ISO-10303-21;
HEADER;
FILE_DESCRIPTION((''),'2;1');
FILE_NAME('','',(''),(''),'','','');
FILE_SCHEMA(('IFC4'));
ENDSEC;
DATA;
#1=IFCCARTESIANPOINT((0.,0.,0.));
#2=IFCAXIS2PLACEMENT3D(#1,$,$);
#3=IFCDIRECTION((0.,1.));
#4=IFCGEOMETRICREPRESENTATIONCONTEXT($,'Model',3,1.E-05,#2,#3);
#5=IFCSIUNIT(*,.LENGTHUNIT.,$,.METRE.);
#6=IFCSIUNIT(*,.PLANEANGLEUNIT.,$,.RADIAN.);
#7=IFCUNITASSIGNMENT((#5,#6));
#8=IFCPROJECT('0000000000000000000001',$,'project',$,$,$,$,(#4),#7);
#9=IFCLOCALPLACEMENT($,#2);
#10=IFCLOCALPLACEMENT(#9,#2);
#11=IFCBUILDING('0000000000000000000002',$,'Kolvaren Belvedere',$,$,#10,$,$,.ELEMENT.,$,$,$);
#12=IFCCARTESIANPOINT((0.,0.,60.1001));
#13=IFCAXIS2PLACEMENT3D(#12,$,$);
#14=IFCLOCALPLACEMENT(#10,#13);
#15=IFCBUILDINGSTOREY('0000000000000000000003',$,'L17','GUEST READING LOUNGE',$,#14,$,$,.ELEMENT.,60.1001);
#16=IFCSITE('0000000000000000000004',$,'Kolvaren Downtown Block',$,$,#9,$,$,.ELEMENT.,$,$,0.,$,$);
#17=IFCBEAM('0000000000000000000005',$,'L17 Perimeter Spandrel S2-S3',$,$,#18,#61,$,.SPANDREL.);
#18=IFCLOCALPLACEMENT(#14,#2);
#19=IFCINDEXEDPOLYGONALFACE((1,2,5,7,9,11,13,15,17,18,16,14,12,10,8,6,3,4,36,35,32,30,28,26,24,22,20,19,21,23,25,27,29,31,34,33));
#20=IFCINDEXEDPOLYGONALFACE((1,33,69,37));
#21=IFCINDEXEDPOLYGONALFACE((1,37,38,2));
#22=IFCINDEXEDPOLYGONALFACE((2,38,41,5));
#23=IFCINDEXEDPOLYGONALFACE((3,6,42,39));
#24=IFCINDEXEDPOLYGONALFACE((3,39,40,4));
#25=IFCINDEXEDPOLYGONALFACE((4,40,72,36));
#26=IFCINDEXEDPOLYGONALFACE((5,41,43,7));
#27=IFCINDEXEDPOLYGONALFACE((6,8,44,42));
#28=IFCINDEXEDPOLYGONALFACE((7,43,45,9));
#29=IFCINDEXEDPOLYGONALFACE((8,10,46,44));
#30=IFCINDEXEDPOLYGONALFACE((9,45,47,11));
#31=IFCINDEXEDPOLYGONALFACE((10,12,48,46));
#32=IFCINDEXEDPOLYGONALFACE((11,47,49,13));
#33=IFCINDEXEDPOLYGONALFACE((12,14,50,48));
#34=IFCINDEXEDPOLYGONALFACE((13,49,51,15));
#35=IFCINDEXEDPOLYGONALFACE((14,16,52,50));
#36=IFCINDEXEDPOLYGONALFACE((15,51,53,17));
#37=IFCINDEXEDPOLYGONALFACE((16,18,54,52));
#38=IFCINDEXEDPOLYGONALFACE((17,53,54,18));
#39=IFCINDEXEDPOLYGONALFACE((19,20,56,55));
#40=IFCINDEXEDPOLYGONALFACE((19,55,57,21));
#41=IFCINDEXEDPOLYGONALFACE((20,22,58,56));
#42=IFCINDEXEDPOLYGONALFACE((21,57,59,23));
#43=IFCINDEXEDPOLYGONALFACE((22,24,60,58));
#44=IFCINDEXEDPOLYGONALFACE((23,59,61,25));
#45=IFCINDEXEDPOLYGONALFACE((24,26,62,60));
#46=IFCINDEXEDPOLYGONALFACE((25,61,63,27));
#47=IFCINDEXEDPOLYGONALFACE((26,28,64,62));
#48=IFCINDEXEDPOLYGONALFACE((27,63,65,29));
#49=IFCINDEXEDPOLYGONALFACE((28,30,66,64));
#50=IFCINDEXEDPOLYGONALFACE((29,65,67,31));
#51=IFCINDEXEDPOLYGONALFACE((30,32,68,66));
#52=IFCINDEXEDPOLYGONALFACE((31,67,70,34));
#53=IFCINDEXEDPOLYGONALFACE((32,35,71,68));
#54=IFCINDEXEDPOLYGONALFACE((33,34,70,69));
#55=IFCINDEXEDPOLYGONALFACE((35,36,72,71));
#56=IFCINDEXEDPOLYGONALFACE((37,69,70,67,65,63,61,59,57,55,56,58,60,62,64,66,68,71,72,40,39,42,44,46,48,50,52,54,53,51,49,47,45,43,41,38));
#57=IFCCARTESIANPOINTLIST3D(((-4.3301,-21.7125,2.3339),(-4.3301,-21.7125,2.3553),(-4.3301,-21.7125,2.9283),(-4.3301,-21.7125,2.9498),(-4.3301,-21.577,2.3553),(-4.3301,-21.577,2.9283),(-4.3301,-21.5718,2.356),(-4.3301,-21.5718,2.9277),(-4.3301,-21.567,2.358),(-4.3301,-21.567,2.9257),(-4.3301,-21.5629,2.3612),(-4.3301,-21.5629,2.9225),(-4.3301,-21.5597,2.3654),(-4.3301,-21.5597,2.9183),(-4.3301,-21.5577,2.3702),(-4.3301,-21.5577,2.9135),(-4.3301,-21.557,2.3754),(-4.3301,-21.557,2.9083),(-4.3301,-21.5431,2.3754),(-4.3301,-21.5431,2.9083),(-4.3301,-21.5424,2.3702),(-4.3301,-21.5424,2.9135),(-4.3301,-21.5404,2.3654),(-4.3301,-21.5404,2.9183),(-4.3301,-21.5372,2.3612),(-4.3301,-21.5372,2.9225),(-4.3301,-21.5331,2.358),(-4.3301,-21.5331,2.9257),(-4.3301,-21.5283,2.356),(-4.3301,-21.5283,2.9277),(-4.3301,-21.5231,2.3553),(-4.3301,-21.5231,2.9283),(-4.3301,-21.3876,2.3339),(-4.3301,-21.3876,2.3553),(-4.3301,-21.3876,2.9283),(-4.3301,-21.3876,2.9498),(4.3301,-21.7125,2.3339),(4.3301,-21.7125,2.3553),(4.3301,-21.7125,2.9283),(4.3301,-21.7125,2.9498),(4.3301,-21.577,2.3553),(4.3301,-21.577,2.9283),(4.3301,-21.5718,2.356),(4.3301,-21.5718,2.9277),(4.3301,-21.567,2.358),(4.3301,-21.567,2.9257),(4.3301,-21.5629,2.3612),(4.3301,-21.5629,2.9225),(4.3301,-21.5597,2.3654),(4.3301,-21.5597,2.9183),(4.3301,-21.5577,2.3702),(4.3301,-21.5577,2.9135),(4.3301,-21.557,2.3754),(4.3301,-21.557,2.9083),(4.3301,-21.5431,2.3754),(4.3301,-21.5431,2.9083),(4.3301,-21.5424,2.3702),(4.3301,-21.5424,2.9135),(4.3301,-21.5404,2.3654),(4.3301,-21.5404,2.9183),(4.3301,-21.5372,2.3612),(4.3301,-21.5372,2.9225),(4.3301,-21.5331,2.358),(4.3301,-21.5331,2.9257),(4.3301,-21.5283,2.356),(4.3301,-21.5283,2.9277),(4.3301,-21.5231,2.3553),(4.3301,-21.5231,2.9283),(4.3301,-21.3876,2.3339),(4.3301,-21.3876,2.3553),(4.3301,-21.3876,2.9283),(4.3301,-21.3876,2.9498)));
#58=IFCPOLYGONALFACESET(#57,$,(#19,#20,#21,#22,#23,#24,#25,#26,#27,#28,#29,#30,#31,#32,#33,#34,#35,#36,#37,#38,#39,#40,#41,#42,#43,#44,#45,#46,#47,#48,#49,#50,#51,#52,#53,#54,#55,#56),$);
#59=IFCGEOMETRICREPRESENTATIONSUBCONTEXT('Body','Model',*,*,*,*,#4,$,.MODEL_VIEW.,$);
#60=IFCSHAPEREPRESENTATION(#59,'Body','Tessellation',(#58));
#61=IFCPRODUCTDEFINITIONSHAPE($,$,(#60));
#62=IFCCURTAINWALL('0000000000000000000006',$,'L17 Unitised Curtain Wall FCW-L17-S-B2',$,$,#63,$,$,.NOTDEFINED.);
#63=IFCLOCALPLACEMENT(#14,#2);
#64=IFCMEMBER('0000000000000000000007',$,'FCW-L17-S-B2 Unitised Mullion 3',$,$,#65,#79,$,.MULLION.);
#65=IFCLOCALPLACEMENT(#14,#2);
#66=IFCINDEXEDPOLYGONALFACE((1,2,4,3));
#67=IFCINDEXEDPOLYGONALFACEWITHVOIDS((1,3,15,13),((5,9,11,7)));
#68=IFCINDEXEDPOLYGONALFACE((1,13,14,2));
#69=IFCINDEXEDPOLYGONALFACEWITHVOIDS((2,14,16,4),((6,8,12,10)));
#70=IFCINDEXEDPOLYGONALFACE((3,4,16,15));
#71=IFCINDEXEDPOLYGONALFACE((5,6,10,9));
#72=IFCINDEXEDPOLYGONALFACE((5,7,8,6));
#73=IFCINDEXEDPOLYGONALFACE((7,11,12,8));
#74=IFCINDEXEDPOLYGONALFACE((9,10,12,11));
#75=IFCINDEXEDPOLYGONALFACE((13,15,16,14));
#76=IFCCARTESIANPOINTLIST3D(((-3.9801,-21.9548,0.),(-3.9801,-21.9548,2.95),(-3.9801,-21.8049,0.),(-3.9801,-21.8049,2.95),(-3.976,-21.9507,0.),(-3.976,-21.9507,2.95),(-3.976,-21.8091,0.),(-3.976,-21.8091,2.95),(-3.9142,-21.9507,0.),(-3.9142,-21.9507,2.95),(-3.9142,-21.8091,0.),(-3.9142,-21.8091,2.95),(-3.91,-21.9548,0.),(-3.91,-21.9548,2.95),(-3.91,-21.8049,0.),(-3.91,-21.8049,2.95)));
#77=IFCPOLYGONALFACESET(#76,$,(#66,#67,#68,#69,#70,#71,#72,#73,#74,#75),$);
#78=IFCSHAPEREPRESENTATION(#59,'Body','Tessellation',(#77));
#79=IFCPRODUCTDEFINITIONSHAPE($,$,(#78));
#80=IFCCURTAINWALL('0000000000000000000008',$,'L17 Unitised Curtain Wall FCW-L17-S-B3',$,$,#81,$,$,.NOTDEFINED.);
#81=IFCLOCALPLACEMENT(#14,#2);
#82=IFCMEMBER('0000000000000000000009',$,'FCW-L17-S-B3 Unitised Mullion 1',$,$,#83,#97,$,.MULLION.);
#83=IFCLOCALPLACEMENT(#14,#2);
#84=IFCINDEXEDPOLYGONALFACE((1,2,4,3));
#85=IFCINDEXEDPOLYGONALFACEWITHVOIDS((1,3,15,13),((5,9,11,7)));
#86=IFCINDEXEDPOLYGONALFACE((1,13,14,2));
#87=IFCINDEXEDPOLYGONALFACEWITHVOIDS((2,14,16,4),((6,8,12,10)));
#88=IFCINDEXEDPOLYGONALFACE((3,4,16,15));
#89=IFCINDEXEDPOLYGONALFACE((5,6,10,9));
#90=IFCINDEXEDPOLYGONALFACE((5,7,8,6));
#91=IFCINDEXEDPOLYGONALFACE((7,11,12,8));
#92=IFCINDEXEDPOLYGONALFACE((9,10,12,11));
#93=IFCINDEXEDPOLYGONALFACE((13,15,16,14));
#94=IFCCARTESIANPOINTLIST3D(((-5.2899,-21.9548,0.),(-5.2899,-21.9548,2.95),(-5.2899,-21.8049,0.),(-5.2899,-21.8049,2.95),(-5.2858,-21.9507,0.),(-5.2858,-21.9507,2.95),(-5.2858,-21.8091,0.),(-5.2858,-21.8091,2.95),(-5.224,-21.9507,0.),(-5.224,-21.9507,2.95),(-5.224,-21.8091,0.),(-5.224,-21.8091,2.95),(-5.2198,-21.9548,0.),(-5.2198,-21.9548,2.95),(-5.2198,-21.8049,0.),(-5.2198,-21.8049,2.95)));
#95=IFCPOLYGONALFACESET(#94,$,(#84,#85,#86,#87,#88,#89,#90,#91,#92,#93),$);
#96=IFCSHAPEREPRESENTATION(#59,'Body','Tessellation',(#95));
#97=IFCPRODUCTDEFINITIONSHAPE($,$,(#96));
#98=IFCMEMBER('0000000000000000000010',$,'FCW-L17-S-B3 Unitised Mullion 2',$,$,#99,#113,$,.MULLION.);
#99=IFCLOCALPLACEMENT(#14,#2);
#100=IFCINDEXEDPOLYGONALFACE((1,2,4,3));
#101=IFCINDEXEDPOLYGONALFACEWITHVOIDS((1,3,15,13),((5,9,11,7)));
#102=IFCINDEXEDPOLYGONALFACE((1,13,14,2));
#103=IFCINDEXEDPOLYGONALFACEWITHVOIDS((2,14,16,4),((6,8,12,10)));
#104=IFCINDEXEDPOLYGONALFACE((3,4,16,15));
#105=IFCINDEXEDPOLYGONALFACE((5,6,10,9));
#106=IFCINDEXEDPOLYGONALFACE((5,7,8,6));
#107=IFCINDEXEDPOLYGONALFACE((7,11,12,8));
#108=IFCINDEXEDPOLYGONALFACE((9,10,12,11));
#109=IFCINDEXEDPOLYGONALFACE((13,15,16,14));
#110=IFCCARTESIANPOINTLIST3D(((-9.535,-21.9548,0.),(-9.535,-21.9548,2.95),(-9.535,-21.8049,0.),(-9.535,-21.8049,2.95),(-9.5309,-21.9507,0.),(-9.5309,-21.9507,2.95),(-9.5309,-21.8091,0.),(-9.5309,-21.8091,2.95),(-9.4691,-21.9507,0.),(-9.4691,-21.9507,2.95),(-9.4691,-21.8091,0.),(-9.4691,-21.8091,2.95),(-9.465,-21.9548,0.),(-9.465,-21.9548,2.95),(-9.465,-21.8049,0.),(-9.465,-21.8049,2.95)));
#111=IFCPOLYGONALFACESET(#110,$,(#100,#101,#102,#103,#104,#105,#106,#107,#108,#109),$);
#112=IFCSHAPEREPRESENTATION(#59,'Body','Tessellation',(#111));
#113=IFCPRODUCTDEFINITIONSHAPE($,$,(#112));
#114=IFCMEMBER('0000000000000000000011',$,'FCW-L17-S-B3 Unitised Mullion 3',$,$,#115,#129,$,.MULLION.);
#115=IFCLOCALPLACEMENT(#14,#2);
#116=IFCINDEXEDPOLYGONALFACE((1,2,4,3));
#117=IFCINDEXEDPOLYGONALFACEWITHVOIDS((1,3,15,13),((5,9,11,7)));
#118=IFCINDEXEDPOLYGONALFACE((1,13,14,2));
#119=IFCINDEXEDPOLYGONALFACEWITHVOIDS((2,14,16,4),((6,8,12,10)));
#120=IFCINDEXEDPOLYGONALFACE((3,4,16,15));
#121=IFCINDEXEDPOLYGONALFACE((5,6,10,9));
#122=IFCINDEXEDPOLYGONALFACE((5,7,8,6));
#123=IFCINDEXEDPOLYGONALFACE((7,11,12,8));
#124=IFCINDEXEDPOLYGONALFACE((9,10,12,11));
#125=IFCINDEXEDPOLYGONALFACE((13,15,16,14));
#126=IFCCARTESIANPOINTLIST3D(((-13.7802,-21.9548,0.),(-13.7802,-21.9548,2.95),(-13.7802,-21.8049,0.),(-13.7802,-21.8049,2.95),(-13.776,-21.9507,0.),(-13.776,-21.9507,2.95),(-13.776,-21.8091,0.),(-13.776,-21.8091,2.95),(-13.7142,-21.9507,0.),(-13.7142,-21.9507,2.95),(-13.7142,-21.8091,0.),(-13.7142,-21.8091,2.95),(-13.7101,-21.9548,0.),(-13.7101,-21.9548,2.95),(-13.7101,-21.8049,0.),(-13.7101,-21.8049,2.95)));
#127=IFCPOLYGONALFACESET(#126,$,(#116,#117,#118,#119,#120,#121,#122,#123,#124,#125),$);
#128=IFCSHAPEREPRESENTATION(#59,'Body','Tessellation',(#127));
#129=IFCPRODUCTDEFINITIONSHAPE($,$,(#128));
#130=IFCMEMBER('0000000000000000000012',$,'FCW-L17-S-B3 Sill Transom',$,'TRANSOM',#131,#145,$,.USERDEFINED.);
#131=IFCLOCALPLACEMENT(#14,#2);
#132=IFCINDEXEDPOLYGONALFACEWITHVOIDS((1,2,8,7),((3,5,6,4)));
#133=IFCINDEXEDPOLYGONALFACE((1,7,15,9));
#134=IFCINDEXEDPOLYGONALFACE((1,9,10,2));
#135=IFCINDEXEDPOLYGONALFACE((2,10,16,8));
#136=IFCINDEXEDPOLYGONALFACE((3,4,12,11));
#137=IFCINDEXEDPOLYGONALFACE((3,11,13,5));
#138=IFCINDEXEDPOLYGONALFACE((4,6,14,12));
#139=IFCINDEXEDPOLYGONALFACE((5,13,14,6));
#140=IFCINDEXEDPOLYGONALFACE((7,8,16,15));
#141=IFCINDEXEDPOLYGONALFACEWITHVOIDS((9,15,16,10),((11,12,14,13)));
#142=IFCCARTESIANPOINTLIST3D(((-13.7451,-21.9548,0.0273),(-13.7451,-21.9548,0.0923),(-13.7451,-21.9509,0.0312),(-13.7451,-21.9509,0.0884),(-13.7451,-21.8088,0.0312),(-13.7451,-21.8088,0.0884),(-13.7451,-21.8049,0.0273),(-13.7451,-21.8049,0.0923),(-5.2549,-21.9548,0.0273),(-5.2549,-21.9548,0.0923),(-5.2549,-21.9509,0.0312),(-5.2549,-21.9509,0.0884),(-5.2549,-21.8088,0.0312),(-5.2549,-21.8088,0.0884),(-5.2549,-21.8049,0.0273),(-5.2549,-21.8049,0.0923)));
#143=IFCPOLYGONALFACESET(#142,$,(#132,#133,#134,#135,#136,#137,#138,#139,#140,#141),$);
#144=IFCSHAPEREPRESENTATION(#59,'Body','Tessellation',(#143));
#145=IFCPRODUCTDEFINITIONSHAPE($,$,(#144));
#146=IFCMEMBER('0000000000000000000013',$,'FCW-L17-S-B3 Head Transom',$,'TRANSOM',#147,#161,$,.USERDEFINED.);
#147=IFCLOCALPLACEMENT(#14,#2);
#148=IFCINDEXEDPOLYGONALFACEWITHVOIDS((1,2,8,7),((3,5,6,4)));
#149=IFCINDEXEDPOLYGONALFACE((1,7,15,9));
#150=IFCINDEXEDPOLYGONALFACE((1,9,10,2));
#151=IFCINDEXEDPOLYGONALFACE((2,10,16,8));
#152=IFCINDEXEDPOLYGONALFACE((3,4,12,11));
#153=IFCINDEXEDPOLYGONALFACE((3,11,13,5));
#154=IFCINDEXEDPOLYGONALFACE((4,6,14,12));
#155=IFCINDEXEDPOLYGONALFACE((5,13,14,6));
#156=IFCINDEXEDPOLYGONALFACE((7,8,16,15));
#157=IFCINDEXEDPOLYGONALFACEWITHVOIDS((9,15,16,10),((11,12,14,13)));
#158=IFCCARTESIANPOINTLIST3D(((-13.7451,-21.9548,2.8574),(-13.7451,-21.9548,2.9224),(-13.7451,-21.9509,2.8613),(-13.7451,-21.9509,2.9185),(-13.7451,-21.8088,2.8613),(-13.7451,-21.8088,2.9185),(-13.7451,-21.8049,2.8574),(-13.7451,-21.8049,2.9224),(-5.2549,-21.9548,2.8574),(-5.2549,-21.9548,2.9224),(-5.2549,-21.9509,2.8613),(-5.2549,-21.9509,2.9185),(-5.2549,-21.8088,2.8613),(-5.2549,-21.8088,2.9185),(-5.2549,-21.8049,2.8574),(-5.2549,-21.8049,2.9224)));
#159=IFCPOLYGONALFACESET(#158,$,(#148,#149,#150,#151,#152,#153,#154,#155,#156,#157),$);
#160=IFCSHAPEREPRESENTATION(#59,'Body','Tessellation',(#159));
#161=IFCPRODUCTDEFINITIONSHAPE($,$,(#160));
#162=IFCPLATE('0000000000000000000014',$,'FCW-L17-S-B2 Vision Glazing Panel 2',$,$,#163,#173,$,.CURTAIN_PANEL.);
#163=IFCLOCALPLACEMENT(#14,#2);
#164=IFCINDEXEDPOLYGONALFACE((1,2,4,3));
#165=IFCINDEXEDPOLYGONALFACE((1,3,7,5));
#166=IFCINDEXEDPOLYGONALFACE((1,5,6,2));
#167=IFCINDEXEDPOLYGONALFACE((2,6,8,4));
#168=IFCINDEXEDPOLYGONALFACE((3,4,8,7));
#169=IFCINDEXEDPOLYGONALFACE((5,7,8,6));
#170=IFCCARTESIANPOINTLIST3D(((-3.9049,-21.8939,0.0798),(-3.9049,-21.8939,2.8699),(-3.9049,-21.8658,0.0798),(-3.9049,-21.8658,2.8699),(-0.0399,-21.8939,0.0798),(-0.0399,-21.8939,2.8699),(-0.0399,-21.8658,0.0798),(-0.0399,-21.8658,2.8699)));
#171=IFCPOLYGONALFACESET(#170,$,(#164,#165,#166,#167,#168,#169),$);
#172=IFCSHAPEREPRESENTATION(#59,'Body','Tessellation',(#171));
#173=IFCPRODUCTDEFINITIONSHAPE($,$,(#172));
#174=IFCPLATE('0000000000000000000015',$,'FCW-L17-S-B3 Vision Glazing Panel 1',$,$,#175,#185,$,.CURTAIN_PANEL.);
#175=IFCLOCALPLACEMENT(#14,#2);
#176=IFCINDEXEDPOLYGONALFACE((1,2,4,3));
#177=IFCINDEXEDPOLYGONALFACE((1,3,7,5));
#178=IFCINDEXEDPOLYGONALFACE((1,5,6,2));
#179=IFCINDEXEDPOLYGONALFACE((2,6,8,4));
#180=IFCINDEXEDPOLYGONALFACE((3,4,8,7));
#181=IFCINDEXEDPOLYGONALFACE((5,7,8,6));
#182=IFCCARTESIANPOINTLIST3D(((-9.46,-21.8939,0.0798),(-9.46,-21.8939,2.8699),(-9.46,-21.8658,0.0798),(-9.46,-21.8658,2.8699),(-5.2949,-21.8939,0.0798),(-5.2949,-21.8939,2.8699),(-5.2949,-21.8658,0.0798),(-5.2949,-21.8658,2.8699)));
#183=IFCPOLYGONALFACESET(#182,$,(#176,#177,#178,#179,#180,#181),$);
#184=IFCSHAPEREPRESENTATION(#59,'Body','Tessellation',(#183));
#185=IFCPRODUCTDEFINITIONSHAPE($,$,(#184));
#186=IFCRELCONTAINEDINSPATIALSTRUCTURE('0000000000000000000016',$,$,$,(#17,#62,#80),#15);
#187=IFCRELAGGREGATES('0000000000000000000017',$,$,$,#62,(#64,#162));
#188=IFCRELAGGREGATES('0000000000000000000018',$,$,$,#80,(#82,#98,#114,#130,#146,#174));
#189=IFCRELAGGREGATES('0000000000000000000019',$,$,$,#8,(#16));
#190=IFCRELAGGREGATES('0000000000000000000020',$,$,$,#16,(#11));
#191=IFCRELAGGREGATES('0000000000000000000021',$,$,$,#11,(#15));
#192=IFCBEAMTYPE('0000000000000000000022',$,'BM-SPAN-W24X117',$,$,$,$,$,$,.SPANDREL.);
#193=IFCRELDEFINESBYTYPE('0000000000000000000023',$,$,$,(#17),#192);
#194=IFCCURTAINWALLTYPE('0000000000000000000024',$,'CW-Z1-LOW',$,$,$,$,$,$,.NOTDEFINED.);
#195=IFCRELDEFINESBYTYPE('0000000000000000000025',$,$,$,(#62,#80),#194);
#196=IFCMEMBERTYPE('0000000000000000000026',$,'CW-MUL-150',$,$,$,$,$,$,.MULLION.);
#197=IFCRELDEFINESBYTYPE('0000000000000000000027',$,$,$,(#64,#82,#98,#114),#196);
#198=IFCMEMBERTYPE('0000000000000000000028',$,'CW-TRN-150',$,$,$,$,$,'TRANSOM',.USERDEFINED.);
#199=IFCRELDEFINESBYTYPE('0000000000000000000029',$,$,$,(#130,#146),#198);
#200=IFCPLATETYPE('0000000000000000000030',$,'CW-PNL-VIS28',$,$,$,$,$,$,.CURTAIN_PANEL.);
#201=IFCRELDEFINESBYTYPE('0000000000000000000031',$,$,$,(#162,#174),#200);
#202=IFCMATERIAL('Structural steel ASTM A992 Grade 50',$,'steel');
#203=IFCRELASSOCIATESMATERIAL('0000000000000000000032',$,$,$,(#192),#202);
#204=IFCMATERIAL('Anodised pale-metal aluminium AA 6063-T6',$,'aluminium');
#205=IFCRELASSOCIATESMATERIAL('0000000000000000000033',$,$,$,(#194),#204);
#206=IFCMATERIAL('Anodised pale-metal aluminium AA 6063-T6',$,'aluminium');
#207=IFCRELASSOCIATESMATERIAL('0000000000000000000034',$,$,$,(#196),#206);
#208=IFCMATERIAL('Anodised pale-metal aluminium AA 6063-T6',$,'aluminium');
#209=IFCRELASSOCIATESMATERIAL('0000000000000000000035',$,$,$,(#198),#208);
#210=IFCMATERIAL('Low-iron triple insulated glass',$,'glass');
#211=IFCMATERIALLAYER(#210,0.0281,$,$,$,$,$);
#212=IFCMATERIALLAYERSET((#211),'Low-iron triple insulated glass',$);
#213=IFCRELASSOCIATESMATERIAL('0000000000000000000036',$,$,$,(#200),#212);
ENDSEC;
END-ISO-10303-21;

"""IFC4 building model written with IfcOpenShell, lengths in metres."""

from ifc_helpers import new_model, si_unit, direction, frame, origin, origin_2d, place, context, subcontext, project, spatial, rectangle, hollow_rectangle, i_section, extrude, material, layer, layer_set, material_profile, profile_set, type_object, element, aggregate, save


model = new_model("IFC4")

# Units and contexts
model_context = context("Model", 3, precision=1e-05, world=origin(), true_north=direction((0.0, 1.0)))
body_context = subcontext(model_context, "Body", "Model", "MODEL_VIEW")
ifc_project = project(units=[si_unit("LENGTHUNIT", "METRE"), si_unit("PLANEANGLEUNIT", "RADIAN")], contexts=[model_context])

# Site, building, storey
site_placement = place(None, origin())
site = spatial("IfcSite", under=ifc_project, at=site_placement, Name="Kolvaren Downtown Block", CompositionType="ELEMENT", RefElevation=0.0)
building_placement = place(site_placement, origin())
building = spatial("IfcBuilding", under=site, at=building_placement, Name="Kolvaren Belvedere", CompositionType="ELEMENT")
storey_placement = place(building_placement, frame((0.0, 0.0, 60.1001)))
storey = spatial("IfcBuildingStorey", under=building, at=storey_placement, Name="L17", Description="GUEST READING LOUNGE", CompositionType="ELEMENT", Elevation=60.1001)

# Beam
ifc_material_1 = material(Name="Structural steel ASTM A992 Grade 50", Category="steel")
ifc_material_profile_1 = material_profile(ifc_material_1, i_section(OverallWidth=0.325, OverallDepth=0.616, WebThickness=0.0139, FlangeThickness=0.0215, FilletRadius=0.02, at=origin_2d()), Name="W24X117")
ifc_profile_set_1 = profile_set([ifc_material_profile_1], Name="Structural steel ASTM A992 Grade 50")
beam_type_1 = type_object("IfcBeamType", Name="BM-SPAN-W24X117", PredefinedType="SPANDREL", material=ifc_profile_set_1)
beam_1_placement = place(storey_placement, frame((-4.3301, -21.55, 2.6418), z_axis=(1.0, 0.0, 0.0), x_axis=(0.0, 1.0, 0.0)))
element("IfcBeam", 1, at=beam_1_placement, inside=storey, type_object=beam_type_1, Name="L17 Perimeter Spandrel S2-S3", PredefinedType="SPANDREL", context=body_context, shape_type="SweptSolid", body=[
    extrude(i_section(OverallWidth=0.325, OverallDepth=0.616, WebThickness=0.0139, FlangeThickness=0.0215, FilletRadius=0.02, at=origin_2d()), origin(), (0.0, 0.0, 1.0), 8.6602),
])

# Curtain wall, member
ifc_material_2 = material(Name="Anodised pale-metal aluminium AA 6063-T6", Category="aluminium")
curtain_wall_type = type_object("IfcCurtainWallType", Name="CW-Z1-LOW", PredefinedType="NOTDEFINED", material=ifc_material_2)
curtain_wall_1_placement = place(storey_placement, origin())
curtain_wall_1 = element("IfcCurtainWall", 2, at=curtain_wall_1_placement, inside=storey, type_object=curtain_wall_type, Name="L17 Unitised Curtain Wall FCW-L17-S-B2", PredefinedType="NOTDEFINED")
ifc_material_3 = material(Name="Anodised pale-metal aluminium AA 6063-T6", Category="aluminium")
ifc_material_profile_2 = material_profile(ifc_material_3, hollow_rectangle(XDim=0.0701, YDim=0.1499, WallThickness=0.0042, at=origin_2d()), Name="ALU-MUL-150X70")
ifc_profile_set_2 = profile_set([ifc_material_profile_2], Name="Anodised pale-metal aluminium AA 6063-T6")
member_type_1 = type_object("IfcMemberType", Name="CW-MUL-150", PredefinedType="MULLION", material=ifc_profile_set_2)
member_1_placement = place(storey_placement, frame((-3.9451, -21.8799, 0.0), z_axis=(0.0, 0.0, 1.0), x_axis=(1.0, 0.0, 0.0)))
member_1 = element("IfcMember", 3, at=member_1_placement, type_object=member_type_1, Name="FCW-L17-S-B2 Unitised Mullion 3", PredefinedType="MULLION", context=body_context, shape_type="SweptSolid", body=[
    extrude(hollow_rectangle(XDim=0.0701, YDim=0.1499, WallThickness=0.0042, at=origin_2d()), origin(), (0.0, 0.0, 1.0), 2.95),
])

# Curtain wall, members
curtain_wall_2_placement = place(storey_placement, origin())
curtain_wall_2 = element("IfcCurtainWall", 4, at=curtain_wall_2_placement, inside=storey, type_object=curtain_wall_type, Name="L17 Unitised Curtain Wall FCW-L17-S-B3", PredefinedType="NOTDEFINED")
member_2_placement = place(storey_placement, frame((-5.2549, -21.8799, 0.0), z_axis=(0.0, 0.0, 1.0), x_axis=(1.0, 0.0, 0.0)))
member_2 = element("IfcMember", 5, at=member_2_placement, type_object=member_type_1, Name="FCW-L17-S-B3 Unitised Mullion 1", PredefinedType="MULLION", context=body_context, shape_type="SweptSolid", body=[
    extrude(hollow_rectangle(XDim=0.0701, YDim=0.1499, WallThickness=0.0042, at=origin_2d()), origin(), (0.0, 0.0, 1.0), 2.95),
])
member_3_placement = place(storey_placement, frame((-9.5, -21.8799, 0.0), z_axis=(0.0, 0.0, 1.0), x_axis=(1.0, 0.0, 0.0)))
member_3 = element("IfcMember", 6, at=member_3_placement, type_object=member_type_1, Name="FCW-L17-S-B3 Unitised Mullion 2", PredefinedType="MULLION", context=body_context, shape_type="SweptSolid", body=[
    extrude(hollow_rectangle(XDim=0.0701, YDim=0.1499, WallThickness=0.0042, at=origin_2d()), origin(), (0.0, 0.0, 1.0), 2.95),
])
member_4_placement = place(storey_placement, frame((-13.7451, -21.8799, 0.0), z_axis=(0.0, 0.0, 1.0), x_axis=(1.0, 0.0, 0.0)))
member_4 = element("IfcMember", 7, at=member_4_placement, type_object=member_type_1, Name="FCW-L17-S-B3 Unitised Mullion 3", PredefinedType="MULLION", context=body_context, shape_type="SweptSolid", body=[
    extrude(hollow_rectangle(XDim=0.0701, YDim=0.1499, WallThickness=0.0042, at=origin_2d()), origin(), (0.0, 0.0, 1.0), 2.95),
])
ifc_material_4 = material(Name="Anodised pale-metal aluminium AA 6063-T6", Category="aluminium")
ifc_material_profile_3 = material_profile(ifc_material_4, hollow_rectangle(XDim=0.0649, YDim=0.1499, WallThickness=0.0039, at=origin_2d()), Name="ALU-TRN-150X65")
ifc_profile_set_3 = profile_set([ifc_material_profile_3], Name="Anodised pale-metal aluminium AA 6063-T6")
member_type_2 = type_object("IfcMemberType", Name="CW-TRN-150", ElementType="TRANSOM", PredefinedType="USERDEFINED", material=ifc_profile_set_3)
member_5_placement = place(storey_placement, frame((-5.2549, -21.8799, 0.0598), z_axis=(-1.0, 0.0, 0.0), x_axis=(0.0, 0.0, 1.0)))
member_5 = element("IfcMember", 8, at=member_5_placement, type_object=member_type_2, Name="FCW-L17-S-B3 Sill Transom", ObjectType="TRANSOM", PredefinedType="USERDEFINED", context=body_context, shape_type="SweptSolid", body=[
    extrude(hollow_rectangle(XDim=0.0649, YDim=0.1499, WallThickness=0.0039, at=origin_2d()), origin(), (0.0, 0.0, 1.0), 8.4902),
])
member_6_placement = place(storey_placement, frame((-5.2549, -21.8799, 2.8899), z_axis=(-1.0, 0.0, 0.0), x_axis=(0.0, 0.0, 1.0)))
member_6 = element("IfcMember", 9, at=member_6_placement, type_object=member_type_2, Name="FCW-L17-S-B3 Head Transom", ObjectType="TRANSOM", PredefinedType="USERDEFINED", context=body_context, shape_type="SweptSolid", body=[
    extrude(hollow_rectangle(XDim=0.0649, YDim=0.1499, WallThickness=0.0039, at=origin_2d()), origin(), (0.0, 0.0, 1.0), 8.4902),
])

# Plates
ifc_material_5 = material(Name="Low-iron triple insulated glass", Category="glass")
ifc_layer_1 = layer(ifc_material_5, 0.0281)
ifc_layer_set_1 = layer_set([ifc_layer_1], Name="Low-iron triple insulated glass")
plate_type_1 = type_object("IfcPlateType", Name="CW-PNL-VIS28", PredefinedType="CURTAIN_PANEL", material=ifc_layer_set_1)
plate_1_placement = place(storey_placement, frame((-1.9724, -21.8799, 0.0798), z_axis=(0.0, 0.0, 1.0), x_axis=(-1.0, 0.0, 0.0)))
plate_1 = element("IfcPlate", 10, at=plate_1_placement, type_object=plate_type_1, Name="FCW-L17-S-B2 Vision Glazing Panel 2", PredefinedType="CURTAIN_PANEL", context=body_context, shape_type="SweptSolid", body=[
    extrude(rectangle(XDim=3.865, YDim=0.0281, at=origin_2d()), origin(), (0.0, 0.0, 1.0), 2.79),
])
aggregate(curtain_wall_1, [member_1, plate_1])
plate_2_placement = place(storey_placement, frame((-7.3774, -21.8799, 0.0798), z_axis=(0.0, 0.0, 1.0), x_axis=(-1.0, 0.0, 0.0)))
plate_2 = element("IfcPlate", 11, at=plate_2_placement, type_object=plate_type_1, Name="FCW-L17-S-B3 Vision Glazing Panel 1", PredefinedType="CURTAIN_PANEL", context=body_context, shape_type="SweptSolid", body=[
    extrude(rectangle(XDim=4.165, YDim=0.0281, at=origin_2d()), origin(), (0.0, 0.0, 1.0), 2.79),
])
aggregate(curtain_wall_2, [member_2, member_3, member_4, member_5, member_6, plate_2])

save(model, "model.ifc")
